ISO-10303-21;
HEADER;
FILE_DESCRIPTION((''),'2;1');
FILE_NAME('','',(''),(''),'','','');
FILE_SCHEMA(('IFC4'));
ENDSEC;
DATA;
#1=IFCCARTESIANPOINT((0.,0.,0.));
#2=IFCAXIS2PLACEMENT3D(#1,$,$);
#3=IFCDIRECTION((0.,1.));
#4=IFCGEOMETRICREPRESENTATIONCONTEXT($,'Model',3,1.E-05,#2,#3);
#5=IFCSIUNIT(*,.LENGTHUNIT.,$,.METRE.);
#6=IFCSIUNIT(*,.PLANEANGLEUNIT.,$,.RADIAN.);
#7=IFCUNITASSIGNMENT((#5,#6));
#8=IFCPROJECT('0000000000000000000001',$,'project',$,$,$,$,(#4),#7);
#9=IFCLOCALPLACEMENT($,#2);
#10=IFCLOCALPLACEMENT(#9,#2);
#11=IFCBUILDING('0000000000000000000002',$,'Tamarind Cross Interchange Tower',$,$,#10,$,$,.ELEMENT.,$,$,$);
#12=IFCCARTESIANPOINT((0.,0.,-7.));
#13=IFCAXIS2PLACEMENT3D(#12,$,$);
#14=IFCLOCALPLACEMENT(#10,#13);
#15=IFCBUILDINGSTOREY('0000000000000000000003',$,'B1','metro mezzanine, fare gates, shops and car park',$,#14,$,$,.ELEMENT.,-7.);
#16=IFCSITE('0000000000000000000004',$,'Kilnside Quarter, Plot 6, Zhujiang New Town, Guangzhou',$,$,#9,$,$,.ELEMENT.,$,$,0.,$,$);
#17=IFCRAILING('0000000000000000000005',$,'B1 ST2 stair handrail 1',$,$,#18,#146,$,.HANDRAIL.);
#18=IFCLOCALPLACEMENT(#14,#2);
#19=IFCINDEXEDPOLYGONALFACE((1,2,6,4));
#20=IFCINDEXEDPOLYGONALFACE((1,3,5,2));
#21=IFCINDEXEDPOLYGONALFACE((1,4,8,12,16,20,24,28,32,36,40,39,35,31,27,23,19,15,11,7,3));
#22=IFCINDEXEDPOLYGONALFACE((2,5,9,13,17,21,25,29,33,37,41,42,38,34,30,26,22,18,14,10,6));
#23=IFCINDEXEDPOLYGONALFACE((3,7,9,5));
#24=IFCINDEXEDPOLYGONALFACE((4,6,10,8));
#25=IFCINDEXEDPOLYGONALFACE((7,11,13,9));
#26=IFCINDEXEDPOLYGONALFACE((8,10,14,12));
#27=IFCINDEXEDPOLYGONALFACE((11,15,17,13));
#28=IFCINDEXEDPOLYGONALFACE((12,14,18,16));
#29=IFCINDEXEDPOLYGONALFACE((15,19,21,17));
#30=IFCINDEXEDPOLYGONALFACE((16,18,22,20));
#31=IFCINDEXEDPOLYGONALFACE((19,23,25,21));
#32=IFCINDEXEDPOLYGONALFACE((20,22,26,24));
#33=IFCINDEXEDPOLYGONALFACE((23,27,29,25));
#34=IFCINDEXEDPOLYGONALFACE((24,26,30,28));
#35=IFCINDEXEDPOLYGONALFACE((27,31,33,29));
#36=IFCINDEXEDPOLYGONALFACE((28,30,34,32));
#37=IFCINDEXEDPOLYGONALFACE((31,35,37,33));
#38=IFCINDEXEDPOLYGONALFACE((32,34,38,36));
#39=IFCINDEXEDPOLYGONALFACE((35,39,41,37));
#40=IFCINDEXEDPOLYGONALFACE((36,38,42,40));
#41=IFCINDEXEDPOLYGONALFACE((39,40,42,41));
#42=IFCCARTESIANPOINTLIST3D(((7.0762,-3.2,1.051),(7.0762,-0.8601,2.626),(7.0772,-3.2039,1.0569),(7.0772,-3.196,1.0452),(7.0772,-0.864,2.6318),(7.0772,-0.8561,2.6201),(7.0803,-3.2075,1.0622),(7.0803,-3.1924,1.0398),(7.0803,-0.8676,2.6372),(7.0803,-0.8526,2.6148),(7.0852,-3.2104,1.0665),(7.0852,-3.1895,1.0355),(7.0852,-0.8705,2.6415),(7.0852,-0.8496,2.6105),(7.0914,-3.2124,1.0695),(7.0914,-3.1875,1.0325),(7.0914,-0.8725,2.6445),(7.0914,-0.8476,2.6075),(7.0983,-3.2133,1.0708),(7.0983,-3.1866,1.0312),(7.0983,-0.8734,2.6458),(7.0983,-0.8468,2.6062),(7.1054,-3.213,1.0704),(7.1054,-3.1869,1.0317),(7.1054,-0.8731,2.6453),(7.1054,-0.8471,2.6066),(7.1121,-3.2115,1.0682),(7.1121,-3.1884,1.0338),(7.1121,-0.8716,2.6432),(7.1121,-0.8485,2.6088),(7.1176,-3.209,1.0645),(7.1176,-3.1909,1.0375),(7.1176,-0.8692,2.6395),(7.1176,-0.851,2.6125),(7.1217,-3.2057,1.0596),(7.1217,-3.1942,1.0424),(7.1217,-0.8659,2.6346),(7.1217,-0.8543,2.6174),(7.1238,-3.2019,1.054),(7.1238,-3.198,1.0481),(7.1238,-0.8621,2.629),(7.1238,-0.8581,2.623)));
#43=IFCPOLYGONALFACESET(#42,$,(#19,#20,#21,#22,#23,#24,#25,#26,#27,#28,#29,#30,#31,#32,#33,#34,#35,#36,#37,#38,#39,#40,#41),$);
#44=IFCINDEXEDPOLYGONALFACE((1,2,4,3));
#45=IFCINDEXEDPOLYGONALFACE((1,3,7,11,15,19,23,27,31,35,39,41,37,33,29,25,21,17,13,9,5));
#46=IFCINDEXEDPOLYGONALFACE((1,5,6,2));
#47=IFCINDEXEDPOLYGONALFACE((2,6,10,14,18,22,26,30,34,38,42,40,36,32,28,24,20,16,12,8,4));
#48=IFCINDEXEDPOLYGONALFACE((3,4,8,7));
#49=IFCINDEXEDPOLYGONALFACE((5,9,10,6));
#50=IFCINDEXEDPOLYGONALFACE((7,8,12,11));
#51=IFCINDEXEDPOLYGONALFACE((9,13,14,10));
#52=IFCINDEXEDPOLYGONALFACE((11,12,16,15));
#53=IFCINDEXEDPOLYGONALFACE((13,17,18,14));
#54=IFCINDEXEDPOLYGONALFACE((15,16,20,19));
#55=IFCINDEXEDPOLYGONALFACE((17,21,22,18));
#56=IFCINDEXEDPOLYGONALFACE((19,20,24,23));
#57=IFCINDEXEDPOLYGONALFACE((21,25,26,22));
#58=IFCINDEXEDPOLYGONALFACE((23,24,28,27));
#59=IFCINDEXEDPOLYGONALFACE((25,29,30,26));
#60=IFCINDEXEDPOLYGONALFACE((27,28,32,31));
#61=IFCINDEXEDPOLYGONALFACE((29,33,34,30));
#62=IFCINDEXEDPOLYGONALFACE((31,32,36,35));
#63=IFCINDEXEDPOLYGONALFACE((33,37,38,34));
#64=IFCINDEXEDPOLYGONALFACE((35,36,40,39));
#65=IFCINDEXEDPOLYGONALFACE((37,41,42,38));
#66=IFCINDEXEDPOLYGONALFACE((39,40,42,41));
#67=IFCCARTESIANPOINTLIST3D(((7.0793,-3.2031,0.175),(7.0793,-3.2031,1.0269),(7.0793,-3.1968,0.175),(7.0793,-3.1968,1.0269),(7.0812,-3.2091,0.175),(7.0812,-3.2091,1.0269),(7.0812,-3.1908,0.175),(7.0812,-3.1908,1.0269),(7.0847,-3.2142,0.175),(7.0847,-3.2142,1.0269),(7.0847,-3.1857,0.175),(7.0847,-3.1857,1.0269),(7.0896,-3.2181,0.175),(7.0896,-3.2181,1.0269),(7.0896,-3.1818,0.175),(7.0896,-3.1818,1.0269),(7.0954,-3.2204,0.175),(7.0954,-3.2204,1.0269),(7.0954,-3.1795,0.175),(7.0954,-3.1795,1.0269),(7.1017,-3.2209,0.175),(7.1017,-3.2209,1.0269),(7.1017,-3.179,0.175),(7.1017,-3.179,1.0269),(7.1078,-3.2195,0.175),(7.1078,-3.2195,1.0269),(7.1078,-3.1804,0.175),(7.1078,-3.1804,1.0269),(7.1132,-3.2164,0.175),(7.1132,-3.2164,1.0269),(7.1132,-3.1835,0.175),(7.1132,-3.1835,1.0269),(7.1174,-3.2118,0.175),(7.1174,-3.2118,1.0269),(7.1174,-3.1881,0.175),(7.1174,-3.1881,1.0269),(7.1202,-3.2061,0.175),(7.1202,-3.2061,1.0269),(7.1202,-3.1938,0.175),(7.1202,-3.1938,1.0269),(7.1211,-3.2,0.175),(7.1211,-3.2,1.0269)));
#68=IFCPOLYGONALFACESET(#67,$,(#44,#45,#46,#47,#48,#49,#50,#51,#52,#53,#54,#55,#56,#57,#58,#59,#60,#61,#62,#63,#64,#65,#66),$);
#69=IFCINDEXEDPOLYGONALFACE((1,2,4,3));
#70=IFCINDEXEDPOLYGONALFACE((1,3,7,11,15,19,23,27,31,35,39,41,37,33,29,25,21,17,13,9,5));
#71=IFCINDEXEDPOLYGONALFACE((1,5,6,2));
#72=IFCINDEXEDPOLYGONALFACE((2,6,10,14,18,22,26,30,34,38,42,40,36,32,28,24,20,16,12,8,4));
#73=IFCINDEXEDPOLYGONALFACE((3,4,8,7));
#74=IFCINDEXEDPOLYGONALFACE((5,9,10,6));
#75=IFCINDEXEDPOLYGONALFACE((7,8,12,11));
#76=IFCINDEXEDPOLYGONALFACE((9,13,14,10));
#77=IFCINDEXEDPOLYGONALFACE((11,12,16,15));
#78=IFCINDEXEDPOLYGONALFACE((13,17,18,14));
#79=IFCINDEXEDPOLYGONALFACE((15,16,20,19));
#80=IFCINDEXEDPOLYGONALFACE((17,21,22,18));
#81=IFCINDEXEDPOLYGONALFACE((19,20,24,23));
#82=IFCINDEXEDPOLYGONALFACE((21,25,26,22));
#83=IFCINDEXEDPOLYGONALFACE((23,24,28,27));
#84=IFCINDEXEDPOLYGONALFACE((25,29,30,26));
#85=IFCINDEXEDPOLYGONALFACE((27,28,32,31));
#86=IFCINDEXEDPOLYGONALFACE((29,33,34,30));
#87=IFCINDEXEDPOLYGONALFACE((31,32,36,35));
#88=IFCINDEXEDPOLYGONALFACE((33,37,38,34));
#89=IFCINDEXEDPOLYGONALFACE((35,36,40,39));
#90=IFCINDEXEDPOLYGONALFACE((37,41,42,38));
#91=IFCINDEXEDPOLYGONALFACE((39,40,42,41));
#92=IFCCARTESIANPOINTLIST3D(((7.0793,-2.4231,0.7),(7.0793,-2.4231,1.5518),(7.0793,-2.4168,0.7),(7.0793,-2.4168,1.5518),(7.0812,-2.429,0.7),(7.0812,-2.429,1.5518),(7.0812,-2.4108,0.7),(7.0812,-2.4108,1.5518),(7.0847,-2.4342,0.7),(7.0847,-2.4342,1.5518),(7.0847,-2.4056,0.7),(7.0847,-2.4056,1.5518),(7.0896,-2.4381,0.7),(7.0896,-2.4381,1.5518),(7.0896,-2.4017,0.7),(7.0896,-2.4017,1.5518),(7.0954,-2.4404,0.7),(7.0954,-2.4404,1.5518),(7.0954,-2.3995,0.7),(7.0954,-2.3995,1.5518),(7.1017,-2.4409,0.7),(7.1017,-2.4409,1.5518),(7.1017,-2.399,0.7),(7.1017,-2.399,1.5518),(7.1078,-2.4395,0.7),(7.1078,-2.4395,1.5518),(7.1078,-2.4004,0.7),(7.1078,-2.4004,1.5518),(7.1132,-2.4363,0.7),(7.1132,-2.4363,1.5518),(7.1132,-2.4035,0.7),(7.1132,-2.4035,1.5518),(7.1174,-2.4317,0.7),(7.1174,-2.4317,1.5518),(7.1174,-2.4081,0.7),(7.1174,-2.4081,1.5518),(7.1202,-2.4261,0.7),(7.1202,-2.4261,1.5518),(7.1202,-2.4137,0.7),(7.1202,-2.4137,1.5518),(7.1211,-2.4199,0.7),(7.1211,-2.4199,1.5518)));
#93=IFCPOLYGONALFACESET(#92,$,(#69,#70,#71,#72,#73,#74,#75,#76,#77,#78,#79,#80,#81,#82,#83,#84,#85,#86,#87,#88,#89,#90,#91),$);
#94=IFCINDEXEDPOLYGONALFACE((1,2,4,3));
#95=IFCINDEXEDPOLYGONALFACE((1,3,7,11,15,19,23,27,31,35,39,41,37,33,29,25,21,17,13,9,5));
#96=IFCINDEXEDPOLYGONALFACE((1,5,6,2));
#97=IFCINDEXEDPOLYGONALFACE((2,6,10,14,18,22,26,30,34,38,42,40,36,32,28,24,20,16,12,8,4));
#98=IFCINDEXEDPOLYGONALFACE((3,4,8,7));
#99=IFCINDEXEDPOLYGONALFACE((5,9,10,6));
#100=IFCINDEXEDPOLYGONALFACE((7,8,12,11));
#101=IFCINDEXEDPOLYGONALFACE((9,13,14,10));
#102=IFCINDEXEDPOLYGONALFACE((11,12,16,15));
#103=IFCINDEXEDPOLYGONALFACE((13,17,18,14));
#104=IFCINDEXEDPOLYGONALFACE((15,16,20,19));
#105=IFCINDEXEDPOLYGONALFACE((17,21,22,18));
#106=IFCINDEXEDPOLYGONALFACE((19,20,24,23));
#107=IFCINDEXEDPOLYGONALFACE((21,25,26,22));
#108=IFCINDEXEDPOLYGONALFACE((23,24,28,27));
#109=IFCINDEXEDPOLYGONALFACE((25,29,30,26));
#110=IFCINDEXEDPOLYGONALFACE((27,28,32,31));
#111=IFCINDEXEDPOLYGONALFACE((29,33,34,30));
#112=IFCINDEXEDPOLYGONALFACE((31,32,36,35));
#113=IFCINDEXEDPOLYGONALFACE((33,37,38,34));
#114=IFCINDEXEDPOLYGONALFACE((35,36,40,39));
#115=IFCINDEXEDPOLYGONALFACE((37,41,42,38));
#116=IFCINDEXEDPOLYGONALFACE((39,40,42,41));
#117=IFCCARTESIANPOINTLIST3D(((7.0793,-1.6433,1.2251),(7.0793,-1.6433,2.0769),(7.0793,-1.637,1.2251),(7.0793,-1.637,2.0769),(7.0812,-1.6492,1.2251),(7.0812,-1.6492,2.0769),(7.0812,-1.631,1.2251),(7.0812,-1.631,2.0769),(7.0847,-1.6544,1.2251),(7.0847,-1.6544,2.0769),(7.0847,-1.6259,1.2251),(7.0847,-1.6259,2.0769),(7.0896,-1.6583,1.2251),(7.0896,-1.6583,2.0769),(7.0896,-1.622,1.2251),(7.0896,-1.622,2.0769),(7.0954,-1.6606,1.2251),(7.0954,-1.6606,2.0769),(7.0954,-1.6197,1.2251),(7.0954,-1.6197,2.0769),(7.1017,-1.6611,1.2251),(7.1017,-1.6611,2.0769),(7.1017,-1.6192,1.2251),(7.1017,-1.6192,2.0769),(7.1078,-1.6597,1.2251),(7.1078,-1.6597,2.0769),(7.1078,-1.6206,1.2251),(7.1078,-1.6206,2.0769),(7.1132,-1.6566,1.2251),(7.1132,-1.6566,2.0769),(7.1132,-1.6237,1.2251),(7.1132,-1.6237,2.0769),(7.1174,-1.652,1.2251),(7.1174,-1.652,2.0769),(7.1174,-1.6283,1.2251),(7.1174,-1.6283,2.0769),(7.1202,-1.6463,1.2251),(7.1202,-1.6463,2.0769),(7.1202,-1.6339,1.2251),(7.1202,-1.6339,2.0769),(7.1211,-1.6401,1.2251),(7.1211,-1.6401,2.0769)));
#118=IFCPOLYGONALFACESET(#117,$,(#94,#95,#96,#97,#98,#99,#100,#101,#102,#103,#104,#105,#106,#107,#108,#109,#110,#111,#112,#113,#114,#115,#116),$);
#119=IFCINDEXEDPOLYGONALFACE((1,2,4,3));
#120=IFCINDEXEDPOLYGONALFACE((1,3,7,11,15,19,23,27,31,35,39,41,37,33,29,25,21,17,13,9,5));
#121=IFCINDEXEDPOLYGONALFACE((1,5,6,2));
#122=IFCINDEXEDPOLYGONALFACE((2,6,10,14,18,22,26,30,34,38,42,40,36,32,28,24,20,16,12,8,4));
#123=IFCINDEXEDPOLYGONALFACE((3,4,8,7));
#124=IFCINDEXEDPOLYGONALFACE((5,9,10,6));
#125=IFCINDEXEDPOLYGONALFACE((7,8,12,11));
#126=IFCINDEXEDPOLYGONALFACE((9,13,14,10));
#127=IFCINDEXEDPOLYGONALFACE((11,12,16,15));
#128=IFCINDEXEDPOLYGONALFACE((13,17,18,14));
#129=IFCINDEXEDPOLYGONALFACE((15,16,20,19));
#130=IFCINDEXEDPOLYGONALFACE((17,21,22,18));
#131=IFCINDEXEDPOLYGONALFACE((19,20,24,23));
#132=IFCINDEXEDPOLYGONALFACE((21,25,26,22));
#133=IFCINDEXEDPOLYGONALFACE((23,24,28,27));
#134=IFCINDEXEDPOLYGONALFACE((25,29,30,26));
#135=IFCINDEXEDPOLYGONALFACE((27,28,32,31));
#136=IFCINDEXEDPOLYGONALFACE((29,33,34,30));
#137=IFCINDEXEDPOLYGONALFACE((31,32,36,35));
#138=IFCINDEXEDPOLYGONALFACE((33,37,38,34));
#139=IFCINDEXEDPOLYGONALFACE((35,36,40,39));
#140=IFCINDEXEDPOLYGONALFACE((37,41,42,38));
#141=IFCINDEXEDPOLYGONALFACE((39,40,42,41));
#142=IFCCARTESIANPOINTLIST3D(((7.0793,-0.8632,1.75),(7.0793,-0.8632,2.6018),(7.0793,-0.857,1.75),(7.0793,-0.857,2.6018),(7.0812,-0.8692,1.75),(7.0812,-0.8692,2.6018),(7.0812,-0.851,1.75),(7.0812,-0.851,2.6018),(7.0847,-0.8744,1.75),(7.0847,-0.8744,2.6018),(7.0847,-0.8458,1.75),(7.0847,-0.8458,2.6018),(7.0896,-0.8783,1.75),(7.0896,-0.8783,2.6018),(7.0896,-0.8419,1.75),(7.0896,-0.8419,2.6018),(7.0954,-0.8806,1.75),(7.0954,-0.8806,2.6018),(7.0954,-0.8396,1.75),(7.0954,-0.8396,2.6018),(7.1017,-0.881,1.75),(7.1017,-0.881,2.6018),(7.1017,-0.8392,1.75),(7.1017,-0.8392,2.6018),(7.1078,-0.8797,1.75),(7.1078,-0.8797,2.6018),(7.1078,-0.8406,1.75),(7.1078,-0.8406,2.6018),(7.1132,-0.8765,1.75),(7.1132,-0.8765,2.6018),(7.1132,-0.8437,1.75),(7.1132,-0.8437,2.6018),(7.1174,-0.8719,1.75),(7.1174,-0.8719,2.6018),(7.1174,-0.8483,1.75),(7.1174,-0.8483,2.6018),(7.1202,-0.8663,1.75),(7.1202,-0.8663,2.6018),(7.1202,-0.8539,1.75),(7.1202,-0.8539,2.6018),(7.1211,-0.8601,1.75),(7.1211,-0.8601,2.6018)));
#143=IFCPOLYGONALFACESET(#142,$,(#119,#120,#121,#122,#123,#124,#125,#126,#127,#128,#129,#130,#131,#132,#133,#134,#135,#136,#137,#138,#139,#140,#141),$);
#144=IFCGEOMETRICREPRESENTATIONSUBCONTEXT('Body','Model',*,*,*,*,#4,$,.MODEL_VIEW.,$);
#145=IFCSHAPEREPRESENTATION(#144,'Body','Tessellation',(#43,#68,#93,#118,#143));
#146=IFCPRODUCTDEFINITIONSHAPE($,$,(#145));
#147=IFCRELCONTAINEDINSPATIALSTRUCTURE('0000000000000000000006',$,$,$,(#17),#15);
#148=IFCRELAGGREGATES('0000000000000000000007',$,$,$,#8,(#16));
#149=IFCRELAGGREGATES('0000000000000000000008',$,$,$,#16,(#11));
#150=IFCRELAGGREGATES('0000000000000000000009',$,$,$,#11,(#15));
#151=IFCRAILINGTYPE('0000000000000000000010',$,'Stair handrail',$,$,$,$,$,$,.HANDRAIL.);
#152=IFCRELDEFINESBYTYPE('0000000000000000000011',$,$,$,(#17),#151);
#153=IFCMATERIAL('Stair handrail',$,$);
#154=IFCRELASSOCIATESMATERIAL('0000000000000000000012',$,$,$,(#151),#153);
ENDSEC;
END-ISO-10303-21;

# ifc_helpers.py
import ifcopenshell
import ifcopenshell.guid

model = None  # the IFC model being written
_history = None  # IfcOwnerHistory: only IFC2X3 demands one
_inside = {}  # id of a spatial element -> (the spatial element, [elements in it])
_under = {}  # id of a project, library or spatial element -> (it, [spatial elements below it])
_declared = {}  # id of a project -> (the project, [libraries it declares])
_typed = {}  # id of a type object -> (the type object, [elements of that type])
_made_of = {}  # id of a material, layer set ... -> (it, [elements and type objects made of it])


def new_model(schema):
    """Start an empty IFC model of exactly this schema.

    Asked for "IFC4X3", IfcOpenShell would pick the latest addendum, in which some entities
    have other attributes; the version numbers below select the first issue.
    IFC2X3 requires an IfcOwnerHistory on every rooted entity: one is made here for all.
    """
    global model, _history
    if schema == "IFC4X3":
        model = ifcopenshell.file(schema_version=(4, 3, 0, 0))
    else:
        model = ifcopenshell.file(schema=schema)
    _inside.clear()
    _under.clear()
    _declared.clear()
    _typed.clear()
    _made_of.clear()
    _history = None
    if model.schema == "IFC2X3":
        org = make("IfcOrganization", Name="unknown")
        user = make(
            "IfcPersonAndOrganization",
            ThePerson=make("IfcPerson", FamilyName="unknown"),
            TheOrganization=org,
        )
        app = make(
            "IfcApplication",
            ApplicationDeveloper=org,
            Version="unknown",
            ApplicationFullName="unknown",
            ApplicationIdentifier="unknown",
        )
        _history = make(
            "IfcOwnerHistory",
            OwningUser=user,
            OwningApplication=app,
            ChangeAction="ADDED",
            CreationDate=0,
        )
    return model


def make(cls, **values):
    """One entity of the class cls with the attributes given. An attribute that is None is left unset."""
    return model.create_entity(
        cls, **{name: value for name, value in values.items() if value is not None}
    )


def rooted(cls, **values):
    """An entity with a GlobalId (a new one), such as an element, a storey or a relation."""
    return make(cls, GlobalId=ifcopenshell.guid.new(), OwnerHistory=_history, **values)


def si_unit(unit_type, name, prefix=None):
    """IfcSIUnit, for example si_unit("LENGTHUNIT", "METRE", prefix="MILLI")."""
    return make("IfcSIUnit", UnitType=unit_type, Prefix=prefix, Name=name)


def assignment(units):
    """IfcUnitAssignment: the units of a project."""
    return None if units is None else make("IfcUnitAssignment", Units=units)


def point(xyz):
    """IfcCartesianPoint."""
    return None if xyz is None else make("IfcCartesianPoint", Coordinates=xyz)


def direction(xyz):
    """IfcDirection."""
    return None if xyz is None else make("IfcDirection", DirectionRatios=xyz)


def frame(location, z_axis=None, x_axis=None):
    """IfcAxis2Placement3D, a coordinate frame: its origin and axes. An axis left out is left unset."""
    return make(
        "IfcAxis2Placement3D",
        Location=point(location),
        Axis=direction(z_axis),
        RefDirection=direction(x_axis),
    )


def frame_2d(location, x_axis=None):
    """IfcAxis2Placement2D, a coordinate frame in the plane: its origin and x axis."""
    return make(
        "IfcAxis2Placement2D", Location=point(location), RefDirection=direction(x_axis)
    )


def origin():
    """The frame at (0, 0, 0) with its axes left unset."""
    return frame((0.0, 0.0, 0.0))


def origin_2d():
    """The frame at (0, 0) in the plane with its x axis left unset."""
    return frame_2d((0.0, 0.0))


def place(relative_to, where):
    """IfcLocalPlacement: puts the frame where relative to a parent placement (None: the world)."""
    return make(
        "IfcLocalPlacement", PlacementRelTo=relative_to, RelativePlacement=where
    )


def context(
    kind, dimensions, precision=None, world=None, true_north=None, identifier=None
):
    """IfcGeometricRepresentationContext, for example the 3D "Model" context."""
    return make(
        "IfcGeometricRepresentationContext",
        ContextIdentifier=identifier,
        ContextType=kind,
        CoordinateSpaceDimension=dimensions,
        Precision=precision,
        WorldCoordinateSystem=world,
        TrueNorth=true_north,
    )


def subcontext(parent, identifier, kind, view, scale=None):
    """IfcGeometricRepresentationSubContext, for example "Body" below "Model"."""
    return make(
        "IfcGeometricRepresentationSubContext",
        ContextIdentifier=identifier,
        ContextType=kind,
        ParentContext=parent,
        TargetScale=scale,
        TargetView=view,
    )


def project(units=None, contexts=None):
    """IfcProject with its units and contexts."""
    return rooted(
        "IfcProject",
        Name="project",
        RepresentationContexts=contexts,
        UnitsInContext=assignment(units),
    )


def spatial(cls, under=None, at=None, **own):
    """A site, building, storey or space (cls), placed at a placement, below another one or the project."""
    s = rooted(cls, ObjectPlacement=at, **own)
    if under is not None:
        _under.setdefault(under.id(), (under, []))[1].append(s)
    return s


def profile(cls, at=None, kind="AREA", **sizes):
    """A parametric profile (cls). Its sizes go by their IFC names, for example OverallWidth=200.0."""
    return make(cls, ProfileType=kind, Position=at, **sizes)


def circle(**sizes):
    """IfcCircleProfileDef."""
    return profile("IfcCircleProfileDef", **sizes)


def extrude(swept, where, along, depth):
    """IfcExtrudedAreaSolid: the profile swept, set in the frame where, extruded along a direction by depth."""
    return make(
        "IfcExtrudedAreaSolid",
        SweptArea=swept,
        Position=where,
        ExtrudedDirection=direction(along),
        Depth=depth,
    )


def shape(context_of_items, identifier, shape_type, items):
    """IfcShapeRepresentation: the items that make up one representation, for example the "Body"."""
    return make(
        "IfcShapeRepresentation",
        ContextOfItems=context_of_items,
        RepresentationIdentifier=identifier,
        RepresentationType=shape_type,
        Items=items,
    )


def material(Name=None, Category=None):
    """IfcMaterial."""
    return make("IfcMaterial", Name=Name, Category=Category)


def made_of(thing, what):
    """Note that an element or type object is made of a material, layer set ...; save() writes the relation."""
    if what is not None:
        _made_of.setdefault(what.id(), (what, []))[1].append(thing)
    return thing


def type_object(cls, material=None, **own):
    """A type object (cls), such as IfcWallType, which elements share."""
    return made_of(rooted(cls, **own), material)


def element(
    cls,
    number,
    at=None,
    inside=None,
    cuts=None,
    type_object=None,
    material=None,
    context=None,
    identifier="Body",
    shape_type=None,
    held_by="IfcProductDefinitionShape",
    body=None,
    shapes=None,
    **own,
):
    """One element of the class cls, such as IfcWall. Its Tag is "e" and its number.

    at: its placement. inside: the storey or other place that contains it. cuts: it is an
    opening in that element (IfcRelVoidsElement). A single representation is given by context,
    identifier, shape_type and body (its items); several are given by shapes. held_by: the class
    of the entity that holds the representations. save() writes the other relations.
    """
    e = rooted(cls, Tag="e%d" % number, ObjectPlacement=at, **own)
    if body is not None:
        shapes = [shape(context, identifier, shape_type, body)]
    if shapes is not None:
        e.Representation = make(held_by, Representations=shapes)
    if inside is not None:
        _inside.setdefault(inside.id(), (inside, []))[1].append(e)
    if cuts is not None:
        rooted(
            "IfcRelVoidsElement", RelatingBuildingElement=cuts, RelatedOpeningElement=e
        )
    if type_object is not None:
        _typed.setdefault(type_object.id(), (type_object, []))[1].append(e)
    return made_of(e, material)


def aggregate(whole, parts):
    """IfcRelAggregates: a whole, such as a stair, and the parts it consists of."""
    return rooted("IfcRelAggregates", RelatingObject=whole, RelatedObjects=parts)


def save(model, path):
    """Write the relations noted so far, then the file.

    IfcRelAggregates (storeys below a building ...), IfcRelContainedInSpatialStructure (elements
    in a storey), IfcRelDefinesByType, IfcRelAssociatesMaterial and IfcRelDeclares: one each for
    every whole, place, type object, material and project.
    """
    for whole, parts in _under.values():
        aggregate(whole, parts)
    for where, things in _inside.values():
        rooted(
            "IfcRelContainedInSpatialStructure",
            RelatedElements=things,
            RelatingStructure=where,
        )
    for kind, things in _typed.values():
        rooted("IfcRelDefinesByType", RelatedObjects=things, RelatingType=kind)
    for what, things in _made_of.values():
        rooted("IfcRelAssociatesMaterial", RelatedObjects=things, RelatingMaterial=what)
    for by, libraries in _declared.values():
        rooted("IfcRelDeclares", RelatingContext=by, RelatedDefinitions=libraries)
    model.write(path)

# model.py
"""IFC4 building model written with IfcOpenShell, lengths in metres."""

from ifc_helpers import new_model, si_unit, direction, frame, origin, origin_2d, place, context, subcontext, project, spatial, circle, extrude, material, type_object, element, save


model = new_model("IFC4")

# Units and contexts
model_context = context("Model", 3, precision=1e-05, world=origin(), true_north=direction((0.0, 1.0)))
body_context = subcontext(model_context, "Body", "Model", "MODEL_VIEW")
ifc_project = project(units=[si_unit("LENGTHUNIT", "METRE"), si_unit("PLANEANGLEUNIT", "RADIAN")], contexts=[model_context])

# Site, building, storey
site_placement = place(None, origin())
site = spatial("IfcSite", under=ifc_project, at=site_placement, Name="Kilnside Quarter, Plot 6, Zhujiang New Town, Guangzhou", CompositionType="ELEMENT", RefElevation=0.0)
building_placement = place(site_placement, origin())
building = spatial("IfcBuilding", under=site, at=building_placement, Name="Tamarind Cross Interchange Tower", CompositionType="ELEMENT")
storey_placement = place(building_placement, frame((0.0, 0.0, -7.0)))
storey = spatial("IfcBuildingStorey", under=building, at=storey_placement, Name="B1", Description="metro mezzanine, fare gates, shops and car park", CompositionType="ELEMENT", Elevation=-7.0)

# Railing
ifc_material_1 = material(Name="Stair handrail")
railing_type_1 = type_object("IfcRailingType", Name="Stair handrail", PredefinedType="HANDRAIL", material=ifc_material_1)
railing_1_placement = place(storey_placement, frame((7.1001, -3.2, 0.175)))
element("IfcRailing", 1, at=railing_1_placement, inside=storey, type_object=railing_type_1, Name="B1 ST2 stair handrail 1", PredefinedType="HANDRAIL", context=body_context, shape_type="SweptSolid", body=[
    extrude(circle(Radius=0.0239, at=origin_2d()), frame((0.0, 0.0, 0.876), z_axis=(0.0, 0.829578, 0.55839), x_axis=(-1.0, 0.0, 0.0)), (0.0, 0.0, 1.0), 2.8206),
    extrude(circle(Radius=0.021, at=origin_2d()), origin(), (0.0, 0.0, 1.0), 0.8518),
    extrude(circle(Radius=0.021, at=origin_2d()), frame((0.0, 0.78, 0.5249)), (0.0, 0.0, 1.0), 0.8518),
    extrude(circle(Radius=0.021, at=origin_2d()), frame((0.0, 1.5598, 1.05)), (0.0, 0.0, 1.0), 0.8518),
    extrude(circle(Radius=0.021, at=origin_2d()), frame((0.0, 2.3398, 1.575)), (0.0, 0.0, 1.0), 0.8518),
])

save(model, "model.ifc")
